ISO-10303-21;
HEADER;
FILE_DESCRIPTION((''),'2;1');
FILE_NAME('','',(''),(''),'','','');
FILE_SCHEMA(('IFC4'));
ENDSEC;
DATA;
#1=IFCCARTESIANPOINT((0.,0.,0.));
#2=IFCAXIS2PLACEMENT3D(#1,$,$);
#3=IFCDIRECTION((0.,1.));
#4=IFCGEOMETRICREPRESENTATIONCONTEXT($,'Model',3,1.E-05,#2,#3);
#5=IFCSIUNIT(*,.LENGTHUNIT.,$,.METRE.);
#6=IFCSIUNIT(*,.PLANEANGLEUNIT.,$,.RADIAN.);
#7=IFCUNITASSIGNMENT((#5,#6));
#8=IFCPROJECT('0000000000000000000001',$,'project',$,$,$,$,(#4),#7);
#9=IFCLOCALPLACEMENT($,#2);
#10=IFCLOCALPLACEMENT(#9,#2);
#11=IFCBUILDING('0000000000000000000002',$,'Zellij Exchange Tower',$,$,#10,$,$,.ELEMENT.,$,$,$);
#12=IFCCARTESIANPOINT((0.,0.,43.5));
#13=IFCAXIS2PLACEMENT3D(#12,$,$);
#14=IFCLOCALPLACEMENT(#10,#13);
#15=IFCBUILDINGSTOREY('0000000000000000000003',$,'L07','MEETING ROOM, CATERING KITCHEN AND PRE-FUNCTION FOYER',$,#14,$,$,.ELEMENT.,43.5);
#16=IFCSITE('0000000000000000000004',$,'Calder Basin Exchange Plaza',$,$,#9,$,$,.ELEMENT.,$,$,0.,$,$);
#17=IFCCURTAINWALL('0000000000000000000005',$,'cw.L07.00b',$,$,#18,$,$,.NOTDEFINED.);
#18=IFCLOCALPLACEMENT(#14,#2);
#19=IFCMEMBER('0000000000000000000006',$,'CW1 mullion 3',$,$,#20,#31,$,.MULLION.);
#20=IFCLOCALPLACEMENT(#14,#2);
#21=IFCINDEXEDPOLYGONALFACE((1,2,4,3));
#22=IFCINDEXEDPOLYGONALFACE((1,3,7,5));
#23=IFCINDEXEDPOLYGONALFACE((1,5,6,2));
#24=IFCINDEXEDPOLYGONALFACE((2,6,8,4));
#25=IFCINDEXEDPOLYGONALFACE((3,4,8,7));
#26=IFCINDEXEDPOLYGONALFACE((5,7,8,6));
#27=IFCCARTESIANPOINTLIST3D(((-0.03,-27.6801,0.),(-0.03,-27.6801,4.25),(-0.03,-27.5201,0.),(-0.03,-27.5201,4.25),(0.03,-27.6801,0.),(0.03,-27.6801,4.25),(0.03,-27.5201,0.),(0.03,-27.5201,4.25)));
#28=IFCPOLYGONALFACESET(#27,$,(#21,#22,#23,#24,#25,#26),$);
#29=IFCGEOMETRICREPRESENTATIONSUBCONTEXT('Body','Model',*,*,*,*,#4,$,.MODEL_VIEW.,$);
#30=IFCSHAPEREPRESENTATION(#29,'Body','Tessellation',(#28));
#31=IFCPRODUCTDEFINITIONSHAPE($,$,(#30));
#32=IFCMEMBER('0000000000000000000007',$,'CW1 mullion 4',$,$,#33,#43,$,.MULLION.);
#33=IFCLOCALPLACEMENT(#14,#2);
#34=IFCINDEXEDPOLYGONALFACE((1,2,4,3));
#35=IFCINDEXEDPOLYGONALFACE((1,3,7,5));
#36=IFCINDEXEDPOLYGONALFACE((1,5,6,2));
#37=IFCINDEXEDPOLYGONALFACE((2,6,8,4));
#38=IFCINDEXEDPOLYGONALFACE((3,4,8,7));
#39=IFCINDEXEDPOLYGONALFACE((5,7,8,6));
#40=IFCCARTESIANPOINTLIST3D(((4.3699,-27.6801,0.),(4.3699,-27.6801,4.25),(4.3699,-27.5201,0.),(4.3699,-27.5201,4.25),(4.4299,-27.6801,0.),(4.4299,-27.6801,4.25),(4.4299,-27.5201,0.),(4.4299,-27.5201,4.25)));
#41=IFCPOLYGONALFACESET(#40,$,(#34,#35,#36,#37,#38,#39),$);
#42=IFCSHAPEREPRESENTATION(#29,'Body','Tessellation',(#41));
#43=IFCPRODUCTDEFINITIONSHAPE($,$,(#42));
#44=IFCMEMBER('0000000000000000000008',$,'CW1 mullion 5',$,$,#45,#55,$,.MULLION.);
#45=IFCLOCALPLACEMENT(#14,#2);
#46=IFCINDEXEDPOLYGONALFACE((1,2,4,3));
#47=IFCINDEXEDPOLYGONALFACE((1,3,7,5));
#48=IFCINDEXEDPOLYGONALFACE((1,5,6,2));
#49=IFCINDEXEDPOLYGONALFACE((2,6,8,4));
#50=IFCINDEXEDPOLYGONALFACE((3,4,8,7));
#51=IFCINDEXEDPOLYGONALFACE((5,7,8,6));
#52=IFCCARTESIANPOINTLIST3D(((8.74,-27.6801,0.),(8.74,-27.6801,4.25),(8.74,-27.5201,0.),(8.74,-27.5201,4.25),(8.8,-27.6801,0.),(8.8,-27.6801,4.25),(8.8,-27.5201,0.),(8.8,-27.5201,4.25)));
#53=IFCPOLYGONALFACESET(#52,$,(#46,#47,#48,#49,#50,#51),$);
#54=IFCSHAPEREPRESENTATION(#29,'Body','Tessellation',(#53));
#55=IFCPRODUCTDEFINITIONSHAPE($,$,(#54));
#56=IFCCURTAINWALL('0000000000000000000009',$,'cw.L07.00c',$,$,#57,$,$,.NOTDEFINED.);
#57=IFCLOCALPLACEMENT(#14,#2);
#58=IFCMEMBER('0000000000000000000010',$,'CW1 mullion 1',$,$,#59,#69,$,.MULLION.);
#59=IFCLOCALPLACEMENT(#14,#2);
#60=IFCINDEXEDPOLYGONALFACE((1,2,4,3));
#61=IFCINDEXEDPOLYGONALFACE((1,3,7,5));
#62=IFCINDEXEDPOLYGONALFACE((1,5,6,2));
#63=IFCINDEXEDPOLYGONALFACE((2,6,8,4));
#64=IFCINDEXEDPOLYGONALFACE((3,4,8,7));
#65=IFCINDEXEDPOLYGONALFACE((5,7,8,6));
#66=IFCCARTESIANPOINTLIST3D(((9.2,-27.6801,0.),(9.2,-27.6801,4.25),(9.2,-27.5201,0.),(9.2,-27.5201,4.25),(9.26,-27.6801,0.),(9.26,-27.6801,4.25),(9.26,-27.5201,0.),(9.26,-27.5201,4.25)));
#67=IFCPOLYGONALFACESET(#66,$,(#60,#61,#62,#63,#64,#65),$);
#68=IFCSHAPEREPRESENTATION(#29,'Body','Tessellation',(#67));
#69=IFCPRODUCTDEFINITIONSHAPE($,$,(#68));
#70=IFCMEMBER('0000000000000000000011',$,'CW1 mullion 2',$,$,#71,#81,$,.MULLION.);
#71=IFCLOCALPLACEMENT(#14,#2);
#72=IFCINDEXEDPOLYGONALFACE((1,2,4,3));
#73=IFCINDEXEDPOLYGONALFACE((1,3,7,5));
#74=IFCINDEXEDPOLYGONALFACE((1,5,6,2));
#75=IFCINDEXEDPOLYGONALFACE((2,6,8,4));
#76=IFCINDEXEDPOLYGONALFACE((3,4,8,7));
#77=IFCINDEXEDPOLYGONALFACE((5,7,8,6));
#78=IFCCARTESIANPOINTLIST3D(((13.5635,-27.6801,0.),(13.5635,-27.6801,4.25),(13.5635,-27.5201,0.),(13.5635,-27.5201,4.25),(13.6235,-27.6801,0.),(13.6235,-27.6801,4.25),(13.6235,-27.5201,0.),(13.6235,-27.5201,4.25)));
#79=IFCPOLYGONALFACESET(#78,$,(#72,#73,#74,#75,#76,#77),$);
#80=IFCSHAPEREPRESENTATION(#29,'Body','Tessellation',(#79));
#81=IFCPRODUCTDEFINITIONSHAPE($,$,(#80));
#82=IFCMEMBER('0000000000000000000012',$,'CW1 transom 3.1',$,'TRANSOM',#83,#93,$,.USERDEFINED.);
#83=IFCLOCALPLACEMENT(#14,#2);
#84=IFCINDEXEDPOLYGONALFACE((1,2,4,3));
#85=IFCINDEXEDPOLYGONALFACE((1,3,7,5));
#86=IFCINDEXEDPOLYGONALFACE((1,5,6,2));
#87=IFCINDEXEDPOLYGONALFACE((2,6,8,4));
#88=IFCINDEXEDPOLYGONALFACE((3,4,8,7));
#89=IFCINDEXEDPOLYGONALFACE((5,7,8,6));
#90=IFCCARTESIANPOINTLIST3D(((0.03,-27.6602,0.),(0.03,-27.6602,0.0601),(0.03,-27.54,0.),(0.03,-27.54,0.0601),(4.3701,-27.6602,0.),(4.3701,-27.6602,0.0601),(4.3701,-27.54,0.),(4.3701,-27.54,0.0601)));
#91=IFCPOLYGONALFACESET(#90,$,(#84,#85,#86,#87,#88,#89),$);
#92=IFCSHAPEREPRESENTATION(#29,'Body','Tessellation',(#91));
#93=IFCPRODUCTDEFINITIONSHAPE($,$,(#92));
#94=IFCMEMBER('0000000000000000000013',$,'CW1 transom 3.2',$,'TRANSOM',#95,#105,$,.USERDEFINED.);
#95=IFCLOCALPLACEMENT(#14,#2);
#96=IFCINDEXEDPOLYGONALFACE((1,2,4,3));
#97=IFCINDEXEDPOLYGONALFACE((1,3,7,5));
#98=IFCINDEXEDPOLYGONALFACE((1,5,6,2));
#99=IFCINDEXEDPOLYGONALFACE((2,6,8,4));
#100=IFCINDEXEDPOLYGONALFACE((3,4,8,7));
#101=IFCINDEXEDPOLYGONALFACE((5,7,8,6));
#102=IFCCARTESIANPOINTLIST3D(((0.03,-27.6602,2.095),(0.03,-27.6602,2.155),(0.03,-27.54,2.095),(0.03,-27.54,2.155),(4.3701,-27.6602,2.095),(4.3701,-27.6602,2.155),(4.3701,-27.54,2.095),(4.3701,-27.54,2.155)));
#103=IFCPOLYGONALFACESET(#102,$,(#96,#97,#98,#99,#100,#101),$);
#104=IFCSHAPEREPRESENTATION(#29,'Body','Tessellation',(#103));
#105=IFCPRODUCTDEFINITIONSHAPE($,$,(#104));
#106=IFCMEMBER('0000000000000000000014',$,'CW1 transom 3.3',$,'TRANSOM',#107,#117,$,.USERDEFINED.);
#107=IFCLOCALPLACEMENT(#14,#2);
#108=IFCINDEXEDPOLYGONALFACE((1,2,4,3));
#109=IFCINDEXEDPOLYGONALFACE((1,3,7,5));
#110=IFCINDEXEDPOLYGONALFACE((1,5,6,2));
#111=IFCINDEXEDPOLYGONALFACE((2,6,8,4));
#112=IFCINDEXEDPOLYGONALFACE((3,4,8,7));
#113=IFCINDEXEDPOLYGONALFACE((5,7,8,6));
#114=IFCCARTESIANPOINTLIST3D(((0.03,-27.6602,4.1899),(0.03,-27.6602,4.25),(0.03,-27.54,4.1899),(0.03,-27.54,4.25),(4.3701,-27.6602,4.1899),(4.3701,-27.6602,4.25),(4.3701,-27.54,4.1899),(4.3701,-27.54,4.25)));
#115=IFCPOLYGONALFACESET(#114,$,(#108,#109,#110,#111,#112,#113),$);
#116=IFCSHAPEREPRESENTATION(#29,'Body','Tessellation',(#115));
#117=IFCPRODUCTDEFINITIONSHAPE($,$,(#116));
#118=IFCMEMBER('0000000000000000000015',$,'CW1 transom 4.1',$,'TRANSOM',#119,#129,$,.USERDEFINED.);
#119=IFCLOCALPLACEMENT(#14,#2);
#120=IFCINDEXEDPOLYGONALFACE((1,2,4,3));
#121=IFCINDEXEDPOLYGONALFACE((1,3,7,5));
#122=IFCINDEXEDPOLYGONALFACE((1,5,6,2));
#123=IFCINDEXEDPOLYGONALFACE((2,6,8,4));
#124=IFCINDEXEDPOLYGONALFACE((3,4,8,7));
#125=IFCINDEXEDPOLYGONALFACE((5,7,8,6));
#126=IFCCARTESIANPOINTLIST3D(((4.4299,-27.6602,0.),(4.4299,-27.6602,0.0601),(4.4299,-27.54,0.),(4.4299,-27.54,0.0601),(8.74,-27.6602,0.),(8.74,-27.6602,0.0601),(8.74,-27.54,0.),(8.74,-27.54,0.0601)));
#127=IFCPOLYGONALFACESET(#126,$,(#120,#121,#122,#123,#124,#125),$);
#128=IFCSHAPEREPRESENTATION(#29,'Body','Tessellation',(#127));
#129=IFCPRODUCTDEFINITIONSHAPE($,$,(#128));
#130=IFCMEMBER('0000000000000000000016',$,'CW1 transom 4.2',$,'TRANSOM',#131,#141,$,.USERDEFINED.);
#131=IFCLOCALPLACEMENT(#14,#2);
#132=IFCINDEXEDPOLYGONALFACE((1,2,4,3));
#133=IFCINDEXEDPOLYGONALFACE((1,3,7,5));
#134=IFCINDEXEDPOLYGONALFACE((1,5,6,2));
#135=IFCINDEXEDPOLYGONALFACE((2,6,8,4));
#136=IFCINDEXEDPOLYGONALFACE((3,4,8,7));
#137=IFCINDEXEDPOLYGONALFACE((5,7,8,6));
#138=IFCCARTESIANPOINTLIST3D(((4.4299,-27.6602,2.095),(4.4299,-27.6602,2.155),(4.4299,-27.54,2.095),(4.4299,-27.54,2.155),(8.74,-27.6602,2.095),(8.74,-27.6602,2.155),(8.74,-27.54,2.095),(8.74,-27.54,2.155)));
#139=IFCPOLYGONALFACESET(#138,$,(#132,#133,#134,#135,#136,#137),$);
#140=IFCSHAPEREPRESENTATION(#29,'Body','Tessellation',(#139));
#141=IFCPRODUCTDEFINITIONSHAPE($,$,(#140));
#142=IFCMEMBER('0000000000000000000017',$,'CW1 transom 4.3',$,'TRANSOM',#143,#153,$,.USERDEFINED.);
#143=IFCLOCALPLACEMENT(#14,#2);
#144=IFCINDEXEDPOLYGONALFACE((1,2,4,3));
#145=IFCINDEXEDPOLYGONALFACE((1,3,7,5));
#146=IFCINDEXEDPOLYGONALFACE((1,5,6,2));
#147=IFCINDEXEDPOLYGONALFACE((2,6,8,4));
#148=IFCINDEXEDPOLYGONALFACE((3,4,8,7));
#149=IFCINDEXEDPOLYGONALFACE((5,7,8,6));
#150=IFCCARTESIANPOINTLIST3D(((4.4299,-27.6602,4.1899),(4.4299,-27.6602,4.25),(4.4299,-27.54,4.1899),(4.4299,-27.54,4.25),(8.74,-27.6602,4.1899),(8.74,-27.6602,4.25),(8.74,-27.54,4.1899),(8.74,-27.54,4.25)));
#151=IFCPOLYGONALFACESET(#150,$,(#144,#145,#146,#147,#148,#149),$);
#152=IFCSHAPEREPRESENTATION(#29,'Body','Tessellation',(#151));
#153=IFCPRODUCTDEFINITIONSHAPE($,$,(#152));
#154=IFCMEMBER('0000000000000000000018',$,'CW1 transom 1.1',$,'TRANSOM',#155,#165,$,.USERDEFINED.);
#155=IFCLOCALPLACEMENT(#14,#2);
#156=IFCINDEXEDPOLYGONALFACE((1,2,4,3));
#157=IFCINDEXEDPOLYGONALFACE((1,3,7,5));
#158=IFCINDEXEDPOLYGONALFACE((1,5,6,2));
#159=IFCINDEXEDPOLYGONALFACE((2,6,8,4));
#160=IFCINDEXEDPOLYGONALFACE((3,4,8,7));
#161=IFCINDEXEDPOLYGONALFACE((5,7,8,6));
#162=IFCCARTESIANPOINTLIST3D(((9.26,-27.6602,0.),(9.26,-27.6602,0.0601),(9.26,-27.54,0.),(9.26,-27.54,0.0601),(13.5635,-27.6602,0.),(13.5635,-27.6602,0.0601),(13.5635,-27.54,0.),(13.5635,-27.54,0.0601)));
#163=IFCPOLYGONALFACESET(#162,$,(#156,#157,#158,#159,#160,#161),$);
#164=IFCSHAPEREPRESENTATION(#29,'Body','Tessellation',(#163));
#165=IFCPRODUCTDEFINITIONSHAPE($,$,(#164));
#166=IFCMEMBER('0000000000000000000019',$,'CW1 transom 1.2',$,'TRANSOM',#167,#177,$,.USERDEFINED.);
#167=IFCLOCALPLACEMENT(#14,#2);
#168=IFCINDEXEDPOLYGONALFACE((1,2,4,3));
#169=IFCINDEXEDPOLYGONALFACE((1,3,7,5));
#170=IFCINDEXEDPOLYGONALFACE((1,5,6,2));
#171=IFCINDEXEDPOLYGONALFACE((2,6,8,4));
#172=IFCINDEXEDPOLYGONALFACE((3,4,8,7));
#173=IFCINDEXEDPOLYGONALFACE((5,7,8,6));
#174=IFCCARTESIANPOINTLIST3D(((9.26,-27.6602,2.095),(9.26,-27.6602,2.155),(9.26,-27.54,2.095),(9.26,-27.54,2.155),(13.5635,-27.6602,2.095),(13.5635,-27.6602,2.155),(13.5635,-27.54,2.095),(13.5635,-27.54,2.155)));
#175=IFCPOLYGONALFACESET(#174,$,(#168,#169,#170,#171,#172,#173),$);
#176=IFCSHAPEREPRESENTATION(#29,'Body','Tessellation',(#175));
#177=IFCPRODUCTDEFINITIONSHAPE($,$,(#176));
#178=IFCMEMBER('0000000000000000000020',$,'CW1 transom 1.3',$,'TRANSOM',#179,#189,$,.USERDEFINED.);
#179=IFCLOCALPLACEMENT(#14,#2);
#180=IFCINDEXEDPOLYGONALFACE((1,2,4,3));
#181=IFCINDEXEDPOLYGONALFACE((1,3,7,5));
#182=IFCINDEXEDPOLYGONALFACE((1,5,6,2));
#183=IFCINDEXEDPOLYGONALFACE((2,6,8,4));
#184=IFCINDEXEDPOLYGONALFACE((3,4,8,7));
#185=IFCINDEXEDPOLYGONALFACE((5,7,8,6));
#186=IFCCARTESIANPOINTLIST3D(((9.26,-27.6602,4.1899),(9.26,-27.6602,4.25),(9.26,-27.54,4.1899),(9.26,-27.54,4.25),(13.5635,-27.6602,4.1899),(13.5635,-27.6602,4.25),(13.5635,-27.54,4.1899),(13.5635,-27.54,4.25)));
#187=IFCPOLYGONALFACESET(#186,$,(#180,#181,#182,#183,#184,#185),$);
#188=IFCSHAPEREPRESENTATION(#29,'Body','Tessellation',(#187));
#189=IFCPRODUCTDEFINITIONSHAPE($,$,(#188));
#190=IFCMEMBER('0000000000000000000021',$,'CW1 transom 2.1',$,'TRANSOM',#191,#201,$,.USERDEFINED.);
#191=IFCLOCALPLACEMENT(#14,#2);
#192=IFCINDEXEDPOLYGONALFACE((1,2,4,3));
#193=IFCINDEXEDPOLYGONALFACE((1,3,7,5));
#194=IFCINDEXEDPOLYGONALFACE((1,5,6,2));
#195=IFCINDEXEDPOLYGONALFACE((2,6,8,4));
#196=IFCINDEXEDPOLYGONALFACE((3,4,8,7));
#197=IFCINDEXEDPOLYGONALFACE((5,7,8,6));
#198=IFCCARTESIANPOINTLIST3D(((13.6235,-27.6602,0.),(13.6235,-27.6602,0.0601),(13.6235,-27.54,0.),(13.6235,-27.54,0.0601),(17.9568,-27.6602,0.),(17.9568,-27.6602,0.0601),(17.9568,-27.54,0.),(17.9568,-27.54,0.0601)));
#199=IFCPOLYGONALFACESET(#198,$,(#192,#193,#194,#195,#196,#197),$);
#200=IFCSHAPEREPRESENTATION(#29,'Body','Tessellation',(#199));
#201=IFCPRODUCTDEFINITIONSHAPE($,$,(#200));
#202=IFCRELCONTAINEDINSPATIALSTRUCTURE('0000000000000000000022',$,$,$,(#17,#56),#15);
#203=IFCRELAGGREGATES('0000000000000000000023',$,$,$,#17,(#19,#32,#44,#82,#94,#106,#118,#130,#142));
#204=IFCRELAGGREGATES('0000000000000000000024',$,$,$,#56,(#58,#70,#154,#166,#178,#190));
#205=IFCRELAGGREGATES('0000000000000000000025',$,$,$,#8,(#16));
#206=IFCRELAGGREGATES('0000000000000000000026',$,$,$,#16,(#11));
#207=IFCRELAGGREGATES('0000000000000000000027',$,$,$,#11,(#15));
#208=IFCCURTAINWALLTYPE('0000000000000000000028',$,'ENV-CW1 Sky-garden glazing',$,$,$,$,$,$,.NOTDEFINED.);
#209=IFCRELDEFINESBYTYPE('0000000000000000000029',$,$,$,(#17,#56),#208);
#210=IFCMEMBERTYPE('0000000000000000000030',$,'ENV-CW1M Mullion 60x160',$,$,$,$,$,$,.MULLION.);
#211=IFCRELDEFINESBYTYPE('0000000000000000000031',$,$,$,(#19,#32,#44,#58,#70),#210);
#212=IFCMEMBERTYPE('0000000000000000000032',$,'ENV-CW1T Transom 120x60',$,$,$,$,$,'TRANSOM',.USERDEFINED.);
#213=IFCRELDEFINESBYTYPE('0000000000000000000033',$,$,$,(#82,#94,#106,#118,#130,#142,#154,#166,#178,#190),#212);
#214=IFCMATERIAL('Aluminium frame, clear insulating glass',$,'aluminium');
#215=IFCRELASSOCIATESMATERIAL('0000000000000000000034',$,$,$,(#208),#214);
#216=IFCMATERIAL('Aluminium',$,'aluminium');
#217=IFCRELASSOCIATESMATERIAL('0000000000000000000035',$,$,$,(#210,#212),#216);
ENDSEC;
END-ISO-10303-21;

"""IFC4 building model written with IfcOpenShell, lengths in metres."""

from ifc_helpers import new_model, si_unit, direction, frame, origin, origin_2d, place, context, subcontext, project, spatial, rectangle, extrude, material, material_profile, profile_set, type_object, element, aggregate, save


model = new_model("IFC4")

# Units and contexts
model_context = context("Model", 3, precision=1e-05, world=origin(), true_north=direction((0.0, 1.0)))
body_context = subcontext(model_context, "Body", "Model", "MODEL_VIEW")
ifc_project = project(units=[si_unit("LENGTHUNIT", "METRE"), si_unit("PLANEANGLEUNIT", "RADIAN")], contexts=[model_context])

# Site, building, storey
site_placement = place(None, origin())
site = spatial("IfcSite", under=ifc_project, at=site_placement, Name="Calder Basin Exchange Plaza", CompositionType="ELEMENT", RefElevation=0.0)
building_placement = place(site_placement, origin())
building = spatial("IfcBuilding", under=site, at=building_placement, Name="Zellij Exchange Tower", CompositionType="ELEMENT")
storey_placement = place(building_placement, frame((0.0, 0.0, 43.5)))
storey = spatial("IfcBuildingStorey", under=building, at=storey_placement, Name="L07", Description="MEETING ROOM, CATERING KITCHEN AND PRE-FUNCTION FOYER", CompositionType="ELEMENT", Elevation=43.5)

# Curtain walls, members
ifc_material_1 = material(Name="Aluminium frame, clear insulating glass", Category="aluminium")
curtain_wall_type = type_object("IfcCurtainWallType", Name="ENV-CW1 Sky-garden glazing", PredefinedType="NOTDEFINED", material=ifc_material_1)
curtain_wall_1_placement = place(storey_placement, origin())
curtain_wall_1 = element("IfcCurtainWall", 1, at=curtain_wall_1_placement, inside=storey, type_object=curtain_wall_type, Name="cw.L07.00b", PredefinedType="NOTDEFINED")
ifc_material_2 = material(Name="Aluminium", Category="aluminium")
ifc_material_profile_1 = material_profile(ifc_material_2, rectangle(XDim=0.0601, YDim=0.1599, at=origin_2d()), Name="AL 60x160")
ifc_profile_set_1 = profile_set([ifc_material_profile_1], Name="Aluminium")
member_type_1 = type_object("IfcMemberType", Name="ENV-CW1M Mullion 60x160", PredefinedType="MULLION", material=ifc_profile_set_1)
member_1_placement = place(storey_placement, frame((0.0, -27.6001, 0.0), z_axis=(0.0, 0.0, 1.0), x_axis=(1.0, 0.0, 0.0)))
member_1 = element("IfcMember", 2, at=member_1_placement, type_object=member_type_1, Name="CW1 mullion 3", PredefinedType="MULLION", context=body_context, shape_type="SweptSolid", body=[
    extrude(rectangle(XDim=0.0601, YDim=0.1599, at=origin_2d()), origin(), (0.0, 0.0, 1.0), 4.25),
])
member_2_placement = place(storey_placement, frame((4.3999, -27.6001, 0.0), z_axis=(0.0, 0.0, 1.0), x_axis=(1.0, 0.0, 0.0)))
member_2 = element("IfcMember", 3, at=member_2_placement, type_object=member_type_1, Name="CW1 mullion 4", PredefinedType="MULLION", context=body_context, shape_type="SweptSolid", body=[
    extrude(rectangle(XDim=0.0601, YDim=0.1599, at=origin_2d()), origin(), (0.0, 0.0, 1.0), 4.25),
])
member_3_placement = place(storey_placement, frame((8.77, -27.6001, 0.0), z_axis=(0.0, 0.0, 1.0), x_axis=(1.0, 0.0, 0.0)))
member_3 = element("IfcMember", 4, at=member_3_placement, type_object=member_type_1, Name="CW1 mullion 5", PredefinedType="MULLION", context=body_context, shape_type="SweptSolid", body=[
    extrude(rectangle(XDim=0.0601, YDim=0.1599, at=origin_2d()), origin(), (0.0, 0.0, 1.0), 4.25),
])
curtain_wall_2_placement = place(storey_placement, origin())
curtain_wall_2 = element("IfcCurtainWall", 5, at=curtain_wall_2_placement, inside=storey, type_object=curtain_wall_type, Name="cw.L07.00c", PredefinedType="NOTDEFINED")
member_4_placement = place(storey_placement, frame((9.23, -27.6001, 0.0), z_axis=(0.0, 0.0, 1.0), x_axis=(1.0, 0.0, 0.0)))
member_4 = element("IfcMember", 6, at=member_4_placement, type_object=member_type_1, Name="CW1 mullion 1", PredefinedType="MULLION", context=body_context, shape_type="SweptSolid", body=[
    extrude(rectangle(XDim=0.0601, YDim=0.1599, at=origin_2d()), origin(), (0.0, 0.0, 1.0), 4.25),
])
member_5_placement = place(storey_placement, frame((13.5935, -27.6001, 0.0), z_axis=(0.0, 0.0, 1.0), x_axis=(1.0, 0.0, 0.0)))
member_5 = element("IfcMember", 7, at=member_5_placement, type_object=member_type_1, Name="CW1 mullion 2", PredefinedType="MULLION", context=body_context, shape_type="SweptSolid", body=[
    extrude(rectangle(XDim=0.0601, YDim=0.1599, at=origin_2d()), origin(), (0.0, 0.0, 1.0), 4.25),
])

# Members
ifc_material_profile_2 = material_profile(ifc_material_2, rectangle(XDim=0.1201, YDim=0.0601, at=origin_2d()), Name="AL 120x60")
ifc_profile_set_2 = profile_set([ifc_material_profile_2], Name="Aluminium")
member_type_2 = type_object("IfcMemberType", Name="ENV-CW1T Transom 120x60", ElementType="TRANSOM", PredefinedType="USERDEFINED", material=ifc_profile_set_2)
member_6_placement = place(storey_placement, frame((0.03, -27.6001, 0.03), z_axis=(1.0, 0.0, 0.0), x_axis=(0.0, 1.0, 0.0)))
member_6 = element("IfcMember", 8, at=member_6_placement, type_object=member_type_2, Name="CW1 transom 3.1", ObjectType="TRANSOM", PredefinedType="USERDEFINED", context=body_context, shape_type="SweptSolid", body=[
    extrude(rectangle(XDim=0.1201, YDim=0.0601, at=origin_2d()), origin(), (0.0, 0.0, 1.0), 4.3401),
])
member_7_placement = place(storey_placement, frame((0.03, -27.6001, 2.125), z_axis=(1.0, 0.0, 0.0), x_axis=(0.0, 1.0, 0.0)))
member_7 = element("IfcMember", 9, at=member_7_placement, type_object=member_type_2, Name="CW1 transom 3.2", ObjectType="TRANSOM", PredefinedType="USERDEFINED", context=body_context, shape_type="SweptSolid", body=[
    extrude(rectangle(XDim=0.1201, YDim=0.0601, at=origin_2d()), origin(), (0.0, 0.0, 1.0), 4.3401),
])
member_8_placement = place(storey_placement, frame((0.03, -27.6001, 4.22), z_axis=(1.0, 0.0, 0.0), x_axis=(0.0, 1.0, 0.0)))
member_8 = element("IfcMember", 10, at=member_8_placement, type_object=member_type_2, Name="CW1 transom 3.3", ObjectType="TRANSOM", PredefinedType="USERDEFINED", context=body_context, shape_type="SweptSolid", body=[
    extrude(rectangle(XDim=0.1201, YDim=0.0601, at=origin_2d()), origin(), (0.0, 0.0, 1.0), 4.3401),
])
member_9_placement = place(storey_placement, frame((4.4299, -27.6001, 0.03), z_axis=(1.0, 0.0, 0.0), x_axis=(0.0, 1.0, 0.0)))
member_9 = element("IfcMember", 11, at=member_9_placement, type_object=member_type_2, Name="CW1 transom 4.1", ObjectType="TRANSOM", PredefinedType="USERDEFINED", context=body_context, shape_type="SweptSolid", body=[
    extrude(rectangle(XDim=0.1201, YDim=0.0601, at=origin_2d()), origin(), (0.0, 0.0, 1.0), 4.3101),
])
member_10_placement = place(storey_placement, frame((4.4299, -27.6001, 2.125), z_axis=(1.0, 0.0, 0.0), x_axis=(0.0, 1.0, 0.0)))
member_10 = element("IfcMember", 12, at=member_10_placement, type_object=member_type_2, Name="CW1 transom 4.2", ObjectType="TRANSOM", PredefinedType="USERDEFINED", context=body_context, shape_type="SweptSolid", body=[
    extrude(rectangle(XDim=0.1201, YDim=0.0601, at=origin_2d()), origin(), (0.0, 0.0, 1.0), 4.3101),
])
member_11_placement = place(storey_placement, frame((4.4299, -27.6001, 4.22), z_axis=(1.0, 0.0, 0.0), x_axis=(0.0, 1.0, 0.0)))
member_11 = element("IfcMember", 13, at=member_11_placement, type_object=member_type_2, Name="CW1 transom 4.3", ObjectType="TRANSOM", PredefinedType="USERDEFINED", context=body_context, shape_type="SweptSolid", body=[
    extrude(rectangle(XDim=0.1201, YDim=0.0601, at=origin_2d()), origin(), (0.0, 0.0, 1.0), 4.3101),
])
member_12_placement = place(storey_placement, frame((9.26, -27.6001, 0.03), z_axis=(1.0, 0.0, 0.0), x_axis=(0.0, 1.0, 0.0)))
member_12 = element("IfcMember", 14, at=member_12_placement, type_object=member_type_2, Name="CW1 transom 1.1", ObjectType="TRANSOM", PredefinedType="USERDEFINED", context=body_context, shape_type="SweptSolid", body=[
    extrude(rectangle(XDim=0.1201, YDim=0.0601, at=origin_2d()), origin(), (0.0, 0.0, 1.0), 4.3035),
])
member_13_placement = place(storey_placement, frame((9.26, -27.6001, 2.125), z_axis=(1.0, 0.0, 0.0), x_axis=(0.0, 1.0, 0.0)))
member_13 = element("IfcMember", 15, at=member_13_placement, type_object=member_type_2, Name="CW1 transom 1.2", ObjectType="TRANSOM", PredefinedType="USERDEFINED", context=body_context, shape_type="SweptSolid", body=[
    extrude(rectangle(XDim=0.1201, YDim=0.0601, at=origin_2d()), origin(), (0.0, 0.0, 1.0), 4.3035),
])
member_14_placement = place(storey_placement, frame((9.26, -27.6001, 4.22), z_axis=(1.0, 0.0, 0.0), x_axis=(0.0, 1.0, 0.0)))
member_14 = element("IfcMember", 16, at=member_14_placement, type_object=member_type_2, Name="CW1 transom 1.3", ObjectType="TRANSOM", PredefinedType="USERDEFINED", context=body_context, shape_type="SweptSolid", body=[
    extrude(rectangle(XDim=0.1201, YDim=0.0601, at=origin_2d()), origin(), (0.0, 0.0, 1.0), 4.3035),
])
member_15_placement = place(storey_placement, frame((13.6235, -27.6001, 0.03), z_axis=(1.0, 0.0, 0.0), x_axis=(0.0, 1.0, 0.0)))
member_15 = element("IfcMember", 17, at=member_15_placement, type_object=member_type_2, Name="CW1 transom 2.1", ObjectType="TRANSOM", PredefinedType="USERDEFINED", context=body_context, shape_type="SweptSolid", body=[
    extrude(rectangle(XDim=0.1201, YDim=0.0601, at=origin_2d()), origin(), (0.0, 0.0, 1.0), 4.3333),
])

aggregate(curtain_wall_1, [member_1, member_2, member_3, member_6, member_7, member_8, member_9, member_10, member_11])
aggregate(curtain_wall_2, [member_4, member_5, member_12, member_13, member_14, member_15])

save(model, "model.ifc")
